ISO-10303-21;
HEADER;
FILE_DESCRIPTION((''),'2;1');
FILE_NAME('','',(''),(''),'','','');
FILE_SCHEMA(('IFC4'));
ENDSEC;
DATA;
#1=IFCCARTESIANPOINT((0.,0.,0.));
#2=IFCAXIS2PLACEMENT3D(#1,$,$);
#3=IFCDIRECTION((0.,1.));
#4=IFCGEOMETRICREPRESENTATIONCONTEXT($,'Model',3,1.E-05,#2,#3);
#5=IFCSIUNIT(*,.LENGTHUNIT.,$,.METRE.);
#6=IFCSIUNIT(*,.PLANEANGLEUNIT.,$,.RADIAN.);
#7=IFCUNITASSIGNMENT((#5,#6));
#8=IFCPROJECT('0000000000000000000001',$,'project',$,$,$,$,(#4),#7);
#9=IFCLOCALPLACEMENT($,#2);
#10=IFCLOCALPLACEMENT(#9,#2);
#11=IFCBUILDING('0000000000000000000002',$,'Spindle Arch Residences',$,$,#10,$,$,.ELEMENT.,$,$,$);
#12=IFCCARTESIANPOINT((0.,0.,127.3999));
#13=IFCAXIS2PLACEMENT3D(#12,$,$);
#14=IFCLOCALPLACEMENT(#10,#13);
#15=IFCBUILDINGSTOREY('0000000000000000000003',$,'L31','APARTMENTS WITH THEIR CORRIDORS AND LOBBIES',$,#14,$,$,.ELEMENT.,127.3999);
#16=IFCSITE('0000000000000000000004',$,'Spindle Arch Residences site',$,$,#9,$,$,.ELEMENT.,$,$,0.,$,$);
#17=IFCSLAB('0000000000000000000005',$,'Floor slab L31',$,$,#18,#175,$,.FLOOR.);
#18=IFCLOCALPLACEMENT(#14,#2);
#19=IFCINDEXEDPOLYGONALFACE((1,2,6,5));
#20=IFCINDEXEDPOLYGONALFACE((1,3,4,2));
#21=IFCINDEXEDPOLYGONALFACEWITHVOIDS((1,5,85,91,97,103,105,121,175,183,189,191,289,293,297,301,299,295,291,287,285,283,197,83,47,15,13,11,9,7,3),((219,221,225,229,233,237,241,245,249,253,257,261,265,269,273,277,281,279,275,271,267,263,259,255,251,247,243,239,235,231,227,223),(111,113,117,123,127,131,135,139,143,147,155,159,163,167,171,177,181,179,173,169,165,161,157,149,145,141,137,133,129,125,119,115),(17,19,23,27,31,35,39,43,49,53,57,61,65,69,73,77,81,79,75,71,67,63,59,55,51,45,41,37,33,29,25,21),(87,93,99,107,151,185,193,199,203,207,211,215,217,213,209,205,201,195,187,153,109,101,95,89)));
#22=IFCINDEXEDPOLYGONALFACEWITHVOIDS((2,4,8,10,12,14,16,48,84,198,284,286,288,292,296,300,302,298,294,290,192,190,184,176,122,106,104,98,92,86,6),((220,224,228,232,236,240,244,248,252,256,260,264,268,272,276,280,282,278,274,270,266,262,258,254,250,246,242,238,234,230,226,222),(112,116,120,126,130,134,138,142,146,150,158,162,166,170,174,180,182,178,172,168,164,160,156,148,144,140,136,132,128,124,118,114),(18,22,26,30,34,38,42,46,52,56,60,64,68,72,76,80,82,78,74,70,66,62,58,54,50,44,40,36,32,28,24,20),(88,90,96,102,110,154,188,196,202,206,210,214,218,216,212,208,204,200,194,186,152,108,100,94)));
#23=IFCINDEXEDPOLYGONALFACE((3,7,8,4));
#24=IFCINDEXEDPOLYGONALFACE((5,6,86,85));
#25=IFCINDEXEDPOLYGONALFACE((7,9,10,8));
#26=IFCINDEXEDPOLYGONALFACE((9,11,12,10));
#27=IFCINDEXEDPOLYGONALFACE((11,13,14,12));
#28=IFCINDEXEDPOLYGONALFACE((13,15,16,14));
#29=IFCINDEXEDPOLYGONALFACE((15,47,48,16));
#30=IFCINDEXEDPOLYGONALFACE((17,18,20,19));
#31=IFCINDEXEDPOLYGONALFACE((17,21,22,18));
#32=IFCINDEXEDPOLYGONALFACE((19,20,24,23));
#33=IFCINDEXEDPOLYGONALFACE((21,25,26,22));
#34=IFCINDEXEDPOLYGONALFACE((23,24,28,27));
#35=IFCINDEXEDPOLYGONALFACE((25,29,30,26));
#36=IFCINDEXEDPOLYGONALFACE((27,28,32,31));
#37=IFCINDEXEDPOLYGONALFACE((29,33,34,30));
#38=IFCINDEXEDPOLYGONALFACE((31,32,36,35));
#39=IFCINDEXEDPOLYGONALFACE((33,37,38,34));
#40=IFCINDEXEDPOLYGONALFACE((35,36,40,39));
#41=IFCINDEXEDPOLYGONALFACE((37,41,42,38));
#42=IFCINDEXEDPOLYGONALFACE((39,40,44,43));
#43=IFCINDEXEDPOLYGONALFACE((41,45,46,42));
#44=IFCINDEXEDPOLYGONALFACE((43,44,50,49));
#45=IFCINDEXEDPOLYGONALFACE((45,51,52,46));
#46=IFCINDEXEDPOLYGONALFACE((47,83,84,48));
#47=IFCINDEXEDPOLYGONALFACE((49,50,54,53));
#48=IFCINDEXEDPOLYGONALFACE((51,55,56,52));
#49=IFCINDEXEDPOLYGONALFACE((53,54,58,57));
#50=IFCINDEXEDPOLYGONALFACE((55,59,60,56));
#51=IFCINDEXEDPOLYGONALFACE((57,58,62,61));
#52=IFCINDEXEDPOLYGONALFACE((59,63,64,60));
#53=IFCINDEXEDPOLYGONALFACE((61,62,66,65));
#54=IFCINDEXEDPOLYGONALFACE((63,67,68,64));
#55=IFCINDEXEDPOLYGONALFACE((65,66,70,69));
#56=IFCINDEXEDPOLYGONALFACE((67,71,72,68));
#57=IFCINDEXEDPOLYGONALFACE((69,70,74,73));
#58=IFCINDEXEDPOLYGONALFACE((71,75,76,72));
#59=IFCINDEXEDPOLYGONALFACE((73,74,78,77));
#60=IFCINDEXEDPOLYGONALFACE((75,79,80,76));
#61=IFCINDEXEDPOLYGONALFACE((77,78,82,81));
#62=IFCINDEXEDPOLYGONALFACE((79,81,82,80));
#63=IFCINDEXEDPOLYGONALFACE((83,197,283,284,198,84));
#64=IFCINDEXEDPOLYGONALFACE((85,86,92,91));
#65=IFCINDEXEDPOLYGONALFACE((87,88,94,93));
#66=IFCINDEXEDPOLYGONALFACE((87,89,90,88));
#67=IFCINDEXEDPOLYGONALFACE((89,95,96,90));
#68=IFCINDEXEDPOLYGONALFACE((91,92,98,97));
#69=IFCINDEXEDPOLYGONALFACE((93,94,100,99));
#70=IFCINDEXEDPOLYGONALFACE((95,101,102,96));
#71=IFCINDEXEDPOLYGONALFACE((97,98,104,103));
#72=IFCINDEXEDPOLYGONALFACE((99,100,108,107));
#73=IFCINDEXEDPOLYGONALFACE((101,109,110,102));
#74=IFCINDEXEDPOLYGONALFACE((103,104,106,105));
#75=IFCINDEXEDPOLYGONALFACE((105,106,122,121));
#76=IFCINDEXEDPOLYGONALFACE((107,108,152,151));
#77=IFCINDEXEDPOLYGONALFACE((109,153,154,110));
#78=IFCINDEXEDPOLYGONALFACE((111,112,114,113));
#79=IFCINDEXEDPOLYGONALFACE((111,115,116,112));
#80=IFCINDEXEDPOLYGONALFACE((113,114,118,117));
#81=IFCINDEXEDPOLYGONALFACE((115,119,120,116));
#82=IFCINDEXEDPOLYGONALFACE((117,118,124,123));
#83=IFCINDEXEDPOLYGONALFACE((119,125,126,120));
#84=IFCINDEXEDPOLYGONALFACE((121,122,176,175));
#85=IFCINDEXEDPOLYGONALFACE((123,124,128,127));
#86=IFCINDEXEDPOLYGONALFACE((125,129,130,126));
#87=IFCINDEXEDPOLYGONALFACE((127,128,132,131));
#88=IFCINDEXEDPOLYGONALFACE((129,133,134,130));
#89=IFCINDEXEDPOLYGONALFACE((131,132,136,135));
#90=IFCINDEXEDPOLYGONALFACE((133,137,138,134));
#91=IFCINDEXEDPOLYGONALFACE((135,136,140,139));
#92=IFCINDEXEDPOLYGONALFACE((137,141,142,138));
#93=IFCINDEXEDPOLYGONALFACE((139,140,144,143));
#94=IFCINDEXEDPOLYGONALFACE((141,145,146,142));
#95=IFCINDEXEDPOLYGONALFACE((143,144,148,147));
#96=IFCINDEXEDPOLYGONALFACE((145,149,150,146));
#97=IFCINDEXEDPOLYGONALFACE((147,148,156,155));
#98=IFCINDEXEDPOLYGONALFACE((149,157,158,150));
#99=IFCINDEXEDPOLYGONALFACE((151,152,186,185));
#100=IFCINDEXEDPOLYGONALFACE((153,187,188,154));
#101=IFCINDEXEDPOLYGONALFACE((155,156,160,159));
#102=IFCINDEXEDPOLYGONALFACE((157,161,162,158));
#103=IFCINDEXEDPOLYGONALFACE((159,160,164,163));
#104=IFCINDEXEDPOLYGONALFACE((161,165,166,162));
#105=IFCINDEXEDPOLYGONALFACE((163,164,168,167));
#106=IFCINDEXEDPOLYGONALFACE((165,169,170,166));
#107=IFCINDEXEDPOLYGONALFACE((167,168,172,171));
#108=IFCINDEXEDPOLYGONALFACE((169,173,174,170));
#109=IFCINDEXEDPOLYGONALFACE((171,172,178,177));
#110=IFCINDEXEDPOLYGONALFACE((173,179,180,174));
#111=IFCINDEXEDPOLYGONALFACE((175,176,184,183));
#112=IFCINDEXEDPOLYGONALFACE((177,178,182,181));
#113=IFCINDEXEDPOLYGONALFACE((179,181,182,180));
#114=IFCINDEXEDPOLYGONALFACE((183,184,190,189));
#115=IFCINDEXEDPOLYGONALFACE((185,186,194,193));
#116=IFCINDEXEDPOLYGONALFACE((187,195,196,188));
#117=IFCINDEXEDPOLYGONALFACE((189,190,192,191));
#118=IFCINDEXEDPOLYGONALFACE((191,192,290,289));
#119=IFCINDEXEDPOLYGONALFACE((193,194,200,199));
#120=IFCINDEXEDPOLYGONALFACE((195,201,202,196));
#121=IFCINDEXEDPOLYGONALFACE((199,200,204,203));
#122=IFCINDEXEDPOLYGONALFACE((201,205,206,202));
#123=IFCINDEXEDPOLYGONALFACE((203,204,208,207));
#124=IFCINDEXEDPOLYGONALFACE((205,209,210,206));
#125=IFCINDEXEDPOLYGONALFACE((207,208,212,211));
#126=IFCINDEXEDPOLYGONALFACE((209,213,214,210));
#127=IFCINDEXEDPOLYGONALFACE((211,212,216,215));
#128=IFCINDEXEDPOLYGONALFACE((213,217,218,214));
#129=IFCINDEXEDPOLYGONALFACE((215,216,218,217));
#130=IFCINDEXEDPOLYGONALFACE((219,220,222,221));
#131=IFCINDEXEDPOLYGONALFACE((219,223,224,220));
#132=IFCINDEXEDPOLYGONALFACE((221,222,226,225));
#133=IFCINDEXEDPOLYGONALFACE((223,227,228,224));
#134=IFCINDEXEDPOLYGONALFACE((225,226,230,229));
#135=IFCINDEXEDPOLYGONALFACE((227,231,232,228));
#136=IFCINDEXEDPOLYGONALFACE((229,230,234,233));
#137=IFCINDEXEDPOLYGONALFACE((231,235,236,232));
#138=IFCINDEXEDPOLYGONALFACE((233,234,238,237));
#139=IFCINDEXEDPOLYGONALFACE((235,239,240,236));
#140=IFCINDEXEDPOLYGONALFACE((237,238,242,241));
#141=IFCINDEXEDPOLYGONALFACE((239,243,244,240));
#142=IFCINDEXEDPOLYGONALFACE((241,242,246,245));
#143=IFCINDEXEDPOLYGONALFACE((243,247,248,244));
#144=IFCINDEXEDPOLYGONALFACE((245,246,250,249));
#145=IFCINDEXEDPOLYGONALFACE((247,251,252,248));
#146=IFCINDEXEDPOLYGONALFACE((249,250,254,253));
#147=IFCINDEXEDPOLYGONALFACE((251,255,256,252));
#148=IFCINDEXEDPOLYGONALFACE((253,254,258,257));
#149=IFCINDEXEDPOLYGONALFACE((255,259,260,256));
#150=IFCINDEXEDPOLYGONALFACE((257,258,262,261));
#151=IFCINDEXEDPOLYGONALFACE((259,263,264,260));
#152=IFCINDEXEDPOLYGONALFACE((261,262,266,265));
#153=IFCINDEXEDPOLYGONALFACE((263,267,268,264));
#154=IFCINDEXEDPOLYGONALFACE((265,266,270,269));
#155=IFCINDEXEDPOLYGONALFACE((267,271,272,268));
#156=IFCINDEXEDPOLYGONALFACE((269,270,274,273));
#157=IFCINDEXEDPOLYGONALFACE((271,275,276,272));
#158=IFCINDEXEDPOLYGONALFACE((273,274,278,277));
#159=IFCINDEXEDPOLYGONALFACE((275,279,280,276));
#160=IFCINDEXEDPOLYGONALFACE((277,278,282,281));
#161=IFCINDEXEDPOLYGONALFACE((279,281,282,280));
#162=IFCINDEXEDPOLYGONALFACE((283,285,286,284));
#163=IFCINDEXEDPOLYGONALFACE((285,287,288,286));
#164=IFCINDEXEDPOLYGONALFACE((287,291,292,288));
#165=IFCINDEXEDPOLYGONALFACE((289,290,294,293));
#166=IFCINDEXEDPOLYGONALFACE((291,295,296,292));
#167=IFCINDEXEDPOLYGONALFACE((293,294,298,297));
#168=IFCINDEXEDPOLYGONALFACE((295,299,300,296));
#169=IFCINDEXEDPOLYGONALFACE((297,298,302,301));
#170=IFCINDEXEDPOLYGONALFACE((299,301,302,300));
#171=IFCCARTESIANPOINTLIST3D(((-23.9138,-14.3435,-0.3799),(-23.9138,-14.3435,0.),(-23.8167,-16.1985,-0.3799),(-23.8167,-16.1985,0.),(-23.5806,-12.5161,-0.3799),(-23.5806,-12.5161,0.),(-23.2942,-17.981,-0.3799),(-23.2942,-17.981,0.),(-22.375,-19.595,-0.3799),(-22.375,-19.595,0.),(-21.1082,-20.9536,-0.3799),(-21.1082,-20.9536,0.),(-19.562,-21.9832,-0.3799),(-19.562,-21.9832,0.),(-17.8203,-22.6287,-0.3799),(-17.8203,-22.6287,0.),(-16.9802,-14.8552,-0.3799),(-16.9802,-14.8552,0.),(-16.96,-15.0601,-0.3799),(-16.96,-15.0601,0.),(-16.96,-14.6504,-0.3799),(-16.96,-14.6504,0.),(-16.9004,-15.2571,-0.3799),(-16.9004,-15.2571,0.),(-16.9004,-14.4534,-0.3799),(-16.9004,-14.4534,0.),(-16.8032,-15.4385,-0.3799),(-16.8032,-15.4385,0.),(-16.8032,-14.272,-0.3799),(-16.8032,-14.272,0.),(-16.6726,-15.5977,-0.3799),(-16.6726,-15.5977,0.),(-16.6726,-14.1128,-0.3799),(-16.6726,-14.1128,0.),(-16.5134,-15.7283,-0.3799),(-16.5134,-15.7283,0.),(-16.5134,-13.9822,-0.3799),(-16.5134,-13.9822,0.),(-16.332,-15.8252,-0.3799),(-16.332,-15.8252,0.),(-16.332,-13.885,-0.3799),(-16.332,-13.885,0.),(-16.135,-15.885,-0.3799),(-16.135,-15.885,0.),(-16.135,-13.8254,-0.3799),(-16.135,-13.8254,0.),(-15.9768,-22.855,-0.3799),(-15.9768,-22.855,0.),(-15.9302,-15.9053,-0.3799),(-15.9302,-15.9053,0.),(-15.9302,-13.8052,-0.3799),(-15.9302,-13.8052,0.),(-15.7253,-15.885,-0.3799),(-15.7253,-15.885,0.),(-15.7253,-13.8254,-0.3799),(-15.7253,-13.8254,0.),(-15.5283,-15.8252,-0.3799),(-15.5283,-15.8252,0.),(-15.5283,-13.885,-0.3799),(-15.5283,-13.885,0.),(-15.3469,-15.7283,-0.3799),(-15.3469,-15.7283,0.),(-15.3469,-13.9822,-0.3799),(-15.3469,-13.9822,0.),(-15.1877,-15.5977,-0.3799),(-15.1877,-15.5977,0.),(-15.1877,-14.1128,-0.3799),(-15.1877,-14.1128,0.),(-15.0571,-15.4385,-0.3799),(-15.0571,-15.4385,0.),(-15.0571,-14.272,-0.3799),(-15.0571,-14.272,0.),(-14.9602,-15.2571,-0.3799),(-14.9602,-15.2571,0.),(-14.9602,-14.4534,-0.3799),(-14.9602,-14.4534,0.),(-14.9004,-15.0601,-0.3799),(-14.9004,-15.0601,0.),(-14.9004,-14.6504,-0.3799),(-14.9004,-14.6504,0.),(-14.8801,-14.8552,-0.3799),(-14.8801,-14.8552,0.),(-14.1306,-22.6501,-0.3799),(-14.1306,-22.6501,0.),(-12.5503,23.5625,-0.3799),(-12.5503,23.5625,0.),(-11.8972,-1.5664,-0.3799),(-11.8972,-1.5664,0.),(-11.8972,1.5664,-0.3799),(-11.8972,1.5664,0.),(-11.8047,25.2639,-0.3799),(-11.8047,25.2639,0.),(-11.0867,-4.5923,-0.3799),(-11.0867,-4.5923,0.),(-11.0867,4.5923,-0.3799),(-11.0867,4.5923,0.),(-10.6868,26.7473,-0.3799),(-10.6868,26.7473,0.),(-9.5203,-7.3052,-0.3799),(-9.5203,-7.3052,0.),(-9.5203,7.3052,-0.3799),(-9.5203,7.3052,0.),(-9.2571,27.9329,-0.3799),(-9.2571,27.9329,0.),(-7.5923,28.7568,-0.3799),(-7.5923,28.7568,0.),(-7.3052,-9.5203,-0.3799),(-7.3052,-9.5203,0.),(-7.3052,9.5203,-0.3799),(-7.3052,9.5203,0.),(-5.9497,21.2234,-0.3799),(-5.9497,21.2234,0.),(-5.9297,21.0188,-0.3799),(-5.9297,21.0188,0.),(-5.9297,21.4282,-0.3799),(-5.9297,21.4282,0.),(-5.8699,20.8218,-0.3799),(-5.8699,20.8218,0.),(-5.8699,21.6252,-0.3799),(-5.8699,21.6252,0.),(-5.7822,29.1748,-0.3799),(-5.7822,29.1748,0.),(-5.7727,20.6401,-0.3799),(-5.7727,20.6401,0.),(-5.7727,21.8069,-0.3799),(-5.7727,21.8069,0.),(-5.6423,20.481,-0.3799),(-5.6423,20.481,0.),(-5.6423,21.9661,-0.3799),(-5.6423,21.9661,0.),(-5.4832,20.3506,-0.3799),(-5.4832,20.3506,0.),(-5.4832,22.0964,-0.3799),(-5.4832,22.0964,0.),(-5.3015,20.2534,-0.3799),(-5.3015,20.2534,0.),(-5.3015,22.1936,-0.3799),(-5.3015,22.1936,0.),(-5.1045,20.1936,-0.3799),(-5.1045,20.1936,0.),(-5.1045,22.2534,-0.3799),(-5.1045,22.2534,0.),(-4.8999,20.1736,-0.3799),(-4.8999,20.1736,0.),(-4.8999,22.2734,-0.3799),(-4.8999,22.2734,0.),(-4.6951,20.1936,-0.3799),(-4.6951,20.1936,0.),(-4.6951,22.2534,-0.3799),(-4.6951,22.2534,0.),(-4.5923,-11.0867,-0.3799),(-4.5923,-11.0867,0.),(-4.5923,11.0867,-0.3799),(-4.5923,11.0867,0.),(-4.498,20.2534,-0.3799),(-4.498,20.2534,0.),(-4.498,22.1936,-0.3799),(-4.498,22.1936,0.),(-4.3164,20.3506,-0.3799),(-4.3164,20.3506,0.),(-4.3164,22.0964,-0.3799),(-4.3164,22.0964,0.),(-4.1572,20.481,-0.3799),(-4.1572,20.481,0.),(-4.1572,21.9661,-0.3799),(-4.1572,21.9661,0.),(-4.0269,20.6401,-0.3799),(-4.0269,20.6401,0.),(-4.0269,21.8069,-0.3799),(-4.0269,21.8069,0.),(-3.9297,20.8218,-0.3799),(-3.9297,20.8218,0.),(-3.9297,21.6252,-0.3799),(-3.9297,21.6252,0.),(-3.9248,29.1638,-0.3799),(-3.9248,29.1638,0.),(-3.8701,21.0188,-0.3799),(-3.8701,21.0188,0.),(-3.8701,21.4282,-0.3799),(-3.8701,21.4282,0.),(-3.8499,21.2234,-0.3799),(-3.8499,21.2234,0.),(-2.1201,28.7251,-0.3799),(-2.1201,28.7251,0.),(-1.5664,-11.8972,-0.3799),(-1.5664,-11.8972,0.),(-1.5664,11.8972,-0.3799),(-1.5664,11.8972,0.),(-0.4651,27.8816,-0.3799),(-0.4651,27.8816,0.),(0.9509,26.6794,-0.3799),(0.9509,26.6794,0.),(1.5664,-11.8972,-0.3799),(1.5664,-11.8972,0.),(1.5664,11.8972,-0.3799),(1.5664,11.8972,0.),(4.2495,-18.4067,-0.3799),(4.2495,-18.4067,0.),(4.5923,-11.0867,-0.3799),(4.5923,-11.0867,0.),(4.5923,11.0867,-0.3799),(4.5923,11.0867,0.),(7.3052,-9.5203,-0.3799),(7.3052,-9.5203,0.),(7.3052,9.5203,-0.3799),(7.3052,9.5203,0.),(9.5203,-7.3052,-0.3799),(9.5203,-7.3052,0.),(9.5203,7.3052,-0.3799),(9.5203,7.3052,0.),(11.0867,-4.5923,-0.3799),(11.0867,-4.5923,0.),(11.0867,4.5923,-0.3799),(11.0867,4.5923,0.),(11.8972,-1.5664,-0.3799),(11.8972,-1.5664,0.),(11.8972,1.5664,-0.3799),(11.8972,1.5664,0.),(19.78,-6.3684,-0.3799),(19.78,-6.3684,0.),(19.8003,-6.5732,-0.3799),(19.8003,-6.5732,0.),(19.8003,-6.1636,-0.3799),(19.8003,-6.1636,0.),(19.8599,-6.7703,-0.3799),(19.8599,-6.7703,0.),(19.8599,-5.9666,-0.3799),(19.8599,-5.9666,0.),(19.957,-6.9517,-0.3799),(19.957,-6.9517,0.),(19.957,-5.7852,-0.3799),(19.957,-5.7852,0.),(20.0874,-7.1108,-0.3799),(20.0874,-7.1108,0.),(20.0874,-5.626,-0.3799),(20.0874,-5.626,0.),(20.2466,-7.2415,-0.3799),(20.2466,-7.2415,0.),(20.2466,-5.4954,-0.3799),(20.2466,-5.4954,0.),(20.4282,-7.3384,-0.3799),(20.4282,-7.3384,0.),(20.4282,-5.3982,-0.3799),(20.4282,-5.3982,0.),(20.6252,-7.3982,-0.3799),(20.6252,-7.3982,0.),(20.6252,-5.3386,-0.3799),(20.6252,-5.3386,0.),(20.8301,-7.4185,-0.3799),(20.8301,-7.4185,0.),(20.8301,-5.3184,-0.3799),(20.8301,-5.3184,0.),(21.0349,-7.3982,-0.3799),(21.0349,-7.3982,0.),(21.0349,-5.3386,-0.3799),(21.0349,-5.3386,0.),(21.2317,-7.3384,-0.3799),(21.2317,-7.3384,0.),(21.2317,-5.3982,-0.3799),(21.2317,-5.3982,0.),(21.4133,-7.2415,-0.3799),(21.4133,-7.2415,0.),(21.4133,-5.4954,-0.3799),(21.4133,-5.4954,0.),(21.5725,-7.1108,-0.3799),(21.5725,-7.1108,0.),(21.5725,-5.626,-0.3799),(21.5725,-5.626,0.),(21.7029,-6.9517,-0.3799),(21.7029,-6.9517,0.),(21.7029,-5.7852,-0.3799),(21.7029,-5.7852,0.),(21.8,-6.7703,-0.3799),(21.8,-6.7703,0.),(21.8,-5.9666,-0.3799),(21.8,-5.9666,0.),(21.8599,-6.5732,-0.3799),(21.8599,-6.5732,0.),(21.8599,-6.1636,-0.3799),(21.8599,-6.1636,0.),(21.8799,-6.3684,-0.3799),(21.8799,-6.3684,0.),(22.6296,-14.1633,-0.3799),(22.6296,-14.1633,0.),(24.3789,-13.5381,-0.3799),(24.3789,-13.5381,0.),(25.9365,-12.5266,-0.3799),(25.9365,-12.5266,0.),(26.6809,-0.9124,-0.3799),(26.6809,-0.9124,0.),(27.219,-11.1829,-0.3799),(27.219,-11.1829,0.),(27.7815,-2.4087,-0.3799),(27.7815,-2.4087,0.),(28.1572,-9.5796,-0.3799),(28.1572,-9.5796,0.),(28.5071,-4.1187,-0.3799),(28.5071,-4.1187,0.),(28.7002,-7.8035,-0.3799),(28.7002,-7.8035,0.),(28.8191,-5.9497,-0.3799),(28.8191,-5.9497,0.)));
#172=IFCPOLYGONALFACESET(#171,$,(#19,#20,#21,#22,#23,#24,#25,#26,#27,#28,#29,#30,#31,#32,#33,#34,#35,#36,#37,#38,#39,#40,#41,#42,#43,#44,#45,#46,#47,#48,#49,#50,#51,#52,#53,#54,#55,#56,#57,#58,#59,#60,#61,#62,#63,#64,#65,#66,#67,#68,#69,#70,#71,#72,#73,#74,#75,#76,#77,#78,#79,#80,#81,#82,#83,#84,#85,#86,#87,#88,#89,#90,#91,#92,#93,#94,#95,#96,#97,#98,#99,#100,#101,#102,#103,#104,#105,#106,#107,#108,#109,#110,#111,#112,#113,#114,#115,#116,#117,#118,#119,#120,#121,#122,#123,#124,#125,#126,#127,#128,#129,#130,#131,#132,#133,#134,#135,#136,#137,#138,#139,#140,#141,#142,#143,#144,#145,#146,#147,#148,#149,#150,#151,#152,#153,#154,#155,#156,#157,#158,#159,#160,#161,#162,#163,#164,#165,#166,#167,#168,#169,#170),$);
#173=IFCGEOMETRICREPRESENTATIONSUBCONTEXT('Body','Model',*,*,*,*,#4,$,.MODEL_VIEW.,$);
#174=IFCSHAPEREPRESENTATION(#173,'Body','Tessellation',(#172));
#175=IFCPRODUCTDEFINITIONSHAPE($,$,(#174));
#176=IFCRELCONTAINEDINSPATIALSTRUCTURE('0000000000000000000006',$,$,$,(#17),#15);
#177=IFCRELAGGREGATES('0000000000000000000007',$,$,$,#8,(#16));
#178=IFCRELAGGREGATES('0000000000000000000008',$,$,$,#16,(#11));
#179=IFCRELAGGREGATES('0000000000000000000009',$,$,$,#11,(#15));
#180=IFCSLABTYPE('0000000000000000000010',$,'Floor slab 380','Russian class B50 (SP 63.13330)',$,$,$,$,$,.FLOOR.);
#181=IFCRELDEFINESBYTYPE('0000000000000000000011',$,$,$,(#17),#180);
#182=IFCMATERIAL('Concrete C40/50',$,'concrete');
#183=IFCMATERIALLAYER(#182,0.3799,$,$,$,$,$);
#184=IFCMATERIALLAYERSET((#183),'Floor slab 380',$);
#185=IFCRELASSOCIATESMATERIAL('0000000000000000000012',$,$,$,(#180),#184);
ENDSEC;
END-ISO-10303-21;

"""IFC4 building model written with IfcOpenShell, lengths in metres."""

from ifc_helpers import new_model, si_unit, direction, frame, origin, place, context, subcontext, project, spatial, polyline, outline, extrude, material, layer, layer_set, type_object, element, save


model = new_model("IFC4")

# Units and contexts
model_context = context("Model", 3, precision=1e-05, world=origin(), true_north=direction((0.0, 1.0)))
body_context = subcontext(model_context, "Body", "Model", "MODEL_VIEW")
ifc_project = project(units=[si_unit("LENGTHUNIT", "METRE"), si_unit("PLANEANGLEUNIT", "RADIAN")], contexts=[model_context])

# Site, building, storey
site_placement = place(None, origin())
site = spatial("IfcSite", under=ifc_project, at=site_placement, Name="Spindle Arch Residences site", CompositionType="ELEMENT", RefElevation=0.0)
building_placement = place(site_placement, origin())
building = spatial("IfcBuilding", under=site, at=building_placement, Name="Spindle Arch Residences", CompositionType="ELEMENT")
storey_placement = place(building_placement, frame((0.0, 0.0, 127.3999)))
storey = spatial("IfcBuildingStorey", under=building, at=storey_placement, Name="L31", Description="APARTMENTS WITH THEIR CORRIDORS AND LOBBIES", CompositionType="ELEMENT", Elevation=127.3999)

# Slab
ifc_material_1 = material(Name="Concrete C40/50", Category="concrete")
ifc_layer_1 = layer(ifc_material_1, 0.3799)
ifc_layer_set_1 = layer_set([ifc_layer_1], Name="Floor slab 380")
slab_type_1 = type_object("IfcSlabType", Name="Floor slab 380", Description="Russian class B50 (SP 63.13330)", PredefinedType="FLOOR", material=ifc_layer_set_1)
slab_1_placement = place(storey_placement, frame((0.0, 0.0, -0.3799)))
element("IfcSlab", 1, at=slab_1_placement, inside=storey, type_object=slab_type_1, Name="Floor slab L31", PredefinedType="FLOOR", context=body_context, shape_type="SweptSolid", body=[
    extrude(outline(polyline([(-15.9768, -22.855), (-17.8203, -22.6287), (-19.562, -21.9832), (-21.1082, -20.9536), (-22.375, -19.595), (-23.2942, -17.981), (-23.8167, -16.1985), (-23.9138, -14.3435), (-23.5806, -12.5161), (-12.5503, 23.5625), (-11.8047, 25.2639), (-10.6868, 26.7473), (-9.2571, 27.9329), (-7.5923, 28.7568), (-5.7822, 29.1748), (-3.9248, 29.1638), (-2.1201, 28.7251), (-0.4651, 27.8816), (0.9509, 26.6794), (26.6809, -0.9124), (27.7815, -2.4087), (28.5071, -4.1187), (28.8191, -5.9497), (28.7002, -7.8035), (28.1572, -9.5796), (27.219, -11.1829), (25.9365, -12.5266), (24.3789, -13.5381), (22.6296, -14.1633), (4.2495, -18.4067), (-14.1306, -22.6501), (-15.9768, -22.855)]), holes=[polyline([(7.3052, -9.5203), (9.5203, -7.3052), (11.0867, -4.5923), (11.8972, -1.5664), (11.8972, 1.5664), (11.0867, 4.5923), (9.5203, 7.3052), (7.3052, 9.5203), (4.5923, 11.0867), (1.5664, 11.8972), (-1.5664, 11.8972), (-4.5923, 11.0867), (-7.3052, 9.5203), (-9.5203, 7.3052), (-11.0867, 4.5923), (-11.8972, 1.5664), (-11.8972, -1.5664), (-11.0867, -4.5923), (-9.5203, -7.3052), (-7.3052, -9.5203), (-4.5923, -11.0867), (-1.5664, -11.8972), (1.5664, -11.8972), (4.5923, -11.0867), (7.3052, -9.5203)]), polyline([(-15.1877, -15.5977), (-15.0571, -15.4385), (-14.9602, -15.2571), (-14.9004, -15.0601), (-14.8801, -14.8552), (-14.9004, -14.6504), (-14.9602, -14.4534), (-15.0571, -14.272), (-15.1877, -14.1128), (-15.3469, -13.9822), (-15.5283, -13.885), (-15.7253, -13.8254), (-15.9302, -13.8052), (-16.135, -13.8254), (-16.332, -13.885), (-16.5134, -13.9822), (-16.6726, -14.1128), (-16.8032, -14.272), (-16.9004, -14.4534), (-16.96, -14.6504), (-16.9802, -14.8552), (-16.96, -15.0601), (-16.9004, -15.2571), (-16.8032, -15.4385), (-16.6726, -15.5977), (-16.5134, -15.7283), (-16.332, -15.8252), (-16.135, -15.885), (-15.9302, -15.9053), (-15.7253, -15.885), (-15.5283, -15.8252), (-15.3469, -15.7283), (-15.1877, -15.5977)]), polyline([(-4.0269, 20.6401), (-3.9297, 20.8218), (-3.8701, 21.0188), (-3.8499, 21.2234), (-3.8701, 21.4282), (-3.9297, 21.6252), (-4.0269, 21.8069), (-4.1572, 21.9661), (-4.3164, 22.0964), (-4.498, 22.1936), (-4.6951, 22.2534), (-4.8999, 22.2734), (-5.1045, 22.2534), (-5.3015, 22.1936), (-5.4832, 22.0964), (-5.6423, 21.9661), (-5.7727, 21.8069), (-5.8699, 21.6252), (-5.9297, 21.4282), (-5.9497, 21.2234), (-5.9297, 21.0188), (-5.8699, 20.8218), (-5.7727, 20.6401), (-5.6423, 20.481), (-5.4832, 20.3506), (-5.3015, 20.2534), (-5.1045, 20.1936), (-4.8999, 20.1736), (-4.6951, 20.1936), (-4.498, 20.2534), (-4.3164, 20.3506), (-4.1572, 20.481), (-4.0269, 20.6401)]), polyline([(21.7029, -6.9517), (21.8, -6.7703), (21.8599, -6.5732), (21.8799, -6.3684), (21.8599, -6.1636), (21.8, -5.9666), (21.7029, -5.7852), (21.5725, -5.626), (21.4133, -5.4954), (21.2317, -5.3982), (21.0349, -5.3386), (20.8301, -5.3184), (20.6252, -5.3386), (20.4282, -5.3982), (20.2466, -5.4954), (20.0874, -5.626), (19.957, -5.7852), (19.8599, -5.9666), (19.8003, -6.1636), (19.78, -6.3684), (19.8003, -6.5732), (19.8599, -6.7703), (19.957, -6.9517), (20.0874, -7.1108), (20.2466, -7.2415), (20.4282, -7.3384), (20.6252, -7.3982), (20.8301, -7.4185), (21.0349, -7.3982), (21.2317, -7.3384), (21.4133, -7.2415), (21.5725, -7.1108), (21.7029, -6.9517)])]), origin(), (0.0, 0.0, 1.0), 0.3799),
])

save(model, "model.ifc")
